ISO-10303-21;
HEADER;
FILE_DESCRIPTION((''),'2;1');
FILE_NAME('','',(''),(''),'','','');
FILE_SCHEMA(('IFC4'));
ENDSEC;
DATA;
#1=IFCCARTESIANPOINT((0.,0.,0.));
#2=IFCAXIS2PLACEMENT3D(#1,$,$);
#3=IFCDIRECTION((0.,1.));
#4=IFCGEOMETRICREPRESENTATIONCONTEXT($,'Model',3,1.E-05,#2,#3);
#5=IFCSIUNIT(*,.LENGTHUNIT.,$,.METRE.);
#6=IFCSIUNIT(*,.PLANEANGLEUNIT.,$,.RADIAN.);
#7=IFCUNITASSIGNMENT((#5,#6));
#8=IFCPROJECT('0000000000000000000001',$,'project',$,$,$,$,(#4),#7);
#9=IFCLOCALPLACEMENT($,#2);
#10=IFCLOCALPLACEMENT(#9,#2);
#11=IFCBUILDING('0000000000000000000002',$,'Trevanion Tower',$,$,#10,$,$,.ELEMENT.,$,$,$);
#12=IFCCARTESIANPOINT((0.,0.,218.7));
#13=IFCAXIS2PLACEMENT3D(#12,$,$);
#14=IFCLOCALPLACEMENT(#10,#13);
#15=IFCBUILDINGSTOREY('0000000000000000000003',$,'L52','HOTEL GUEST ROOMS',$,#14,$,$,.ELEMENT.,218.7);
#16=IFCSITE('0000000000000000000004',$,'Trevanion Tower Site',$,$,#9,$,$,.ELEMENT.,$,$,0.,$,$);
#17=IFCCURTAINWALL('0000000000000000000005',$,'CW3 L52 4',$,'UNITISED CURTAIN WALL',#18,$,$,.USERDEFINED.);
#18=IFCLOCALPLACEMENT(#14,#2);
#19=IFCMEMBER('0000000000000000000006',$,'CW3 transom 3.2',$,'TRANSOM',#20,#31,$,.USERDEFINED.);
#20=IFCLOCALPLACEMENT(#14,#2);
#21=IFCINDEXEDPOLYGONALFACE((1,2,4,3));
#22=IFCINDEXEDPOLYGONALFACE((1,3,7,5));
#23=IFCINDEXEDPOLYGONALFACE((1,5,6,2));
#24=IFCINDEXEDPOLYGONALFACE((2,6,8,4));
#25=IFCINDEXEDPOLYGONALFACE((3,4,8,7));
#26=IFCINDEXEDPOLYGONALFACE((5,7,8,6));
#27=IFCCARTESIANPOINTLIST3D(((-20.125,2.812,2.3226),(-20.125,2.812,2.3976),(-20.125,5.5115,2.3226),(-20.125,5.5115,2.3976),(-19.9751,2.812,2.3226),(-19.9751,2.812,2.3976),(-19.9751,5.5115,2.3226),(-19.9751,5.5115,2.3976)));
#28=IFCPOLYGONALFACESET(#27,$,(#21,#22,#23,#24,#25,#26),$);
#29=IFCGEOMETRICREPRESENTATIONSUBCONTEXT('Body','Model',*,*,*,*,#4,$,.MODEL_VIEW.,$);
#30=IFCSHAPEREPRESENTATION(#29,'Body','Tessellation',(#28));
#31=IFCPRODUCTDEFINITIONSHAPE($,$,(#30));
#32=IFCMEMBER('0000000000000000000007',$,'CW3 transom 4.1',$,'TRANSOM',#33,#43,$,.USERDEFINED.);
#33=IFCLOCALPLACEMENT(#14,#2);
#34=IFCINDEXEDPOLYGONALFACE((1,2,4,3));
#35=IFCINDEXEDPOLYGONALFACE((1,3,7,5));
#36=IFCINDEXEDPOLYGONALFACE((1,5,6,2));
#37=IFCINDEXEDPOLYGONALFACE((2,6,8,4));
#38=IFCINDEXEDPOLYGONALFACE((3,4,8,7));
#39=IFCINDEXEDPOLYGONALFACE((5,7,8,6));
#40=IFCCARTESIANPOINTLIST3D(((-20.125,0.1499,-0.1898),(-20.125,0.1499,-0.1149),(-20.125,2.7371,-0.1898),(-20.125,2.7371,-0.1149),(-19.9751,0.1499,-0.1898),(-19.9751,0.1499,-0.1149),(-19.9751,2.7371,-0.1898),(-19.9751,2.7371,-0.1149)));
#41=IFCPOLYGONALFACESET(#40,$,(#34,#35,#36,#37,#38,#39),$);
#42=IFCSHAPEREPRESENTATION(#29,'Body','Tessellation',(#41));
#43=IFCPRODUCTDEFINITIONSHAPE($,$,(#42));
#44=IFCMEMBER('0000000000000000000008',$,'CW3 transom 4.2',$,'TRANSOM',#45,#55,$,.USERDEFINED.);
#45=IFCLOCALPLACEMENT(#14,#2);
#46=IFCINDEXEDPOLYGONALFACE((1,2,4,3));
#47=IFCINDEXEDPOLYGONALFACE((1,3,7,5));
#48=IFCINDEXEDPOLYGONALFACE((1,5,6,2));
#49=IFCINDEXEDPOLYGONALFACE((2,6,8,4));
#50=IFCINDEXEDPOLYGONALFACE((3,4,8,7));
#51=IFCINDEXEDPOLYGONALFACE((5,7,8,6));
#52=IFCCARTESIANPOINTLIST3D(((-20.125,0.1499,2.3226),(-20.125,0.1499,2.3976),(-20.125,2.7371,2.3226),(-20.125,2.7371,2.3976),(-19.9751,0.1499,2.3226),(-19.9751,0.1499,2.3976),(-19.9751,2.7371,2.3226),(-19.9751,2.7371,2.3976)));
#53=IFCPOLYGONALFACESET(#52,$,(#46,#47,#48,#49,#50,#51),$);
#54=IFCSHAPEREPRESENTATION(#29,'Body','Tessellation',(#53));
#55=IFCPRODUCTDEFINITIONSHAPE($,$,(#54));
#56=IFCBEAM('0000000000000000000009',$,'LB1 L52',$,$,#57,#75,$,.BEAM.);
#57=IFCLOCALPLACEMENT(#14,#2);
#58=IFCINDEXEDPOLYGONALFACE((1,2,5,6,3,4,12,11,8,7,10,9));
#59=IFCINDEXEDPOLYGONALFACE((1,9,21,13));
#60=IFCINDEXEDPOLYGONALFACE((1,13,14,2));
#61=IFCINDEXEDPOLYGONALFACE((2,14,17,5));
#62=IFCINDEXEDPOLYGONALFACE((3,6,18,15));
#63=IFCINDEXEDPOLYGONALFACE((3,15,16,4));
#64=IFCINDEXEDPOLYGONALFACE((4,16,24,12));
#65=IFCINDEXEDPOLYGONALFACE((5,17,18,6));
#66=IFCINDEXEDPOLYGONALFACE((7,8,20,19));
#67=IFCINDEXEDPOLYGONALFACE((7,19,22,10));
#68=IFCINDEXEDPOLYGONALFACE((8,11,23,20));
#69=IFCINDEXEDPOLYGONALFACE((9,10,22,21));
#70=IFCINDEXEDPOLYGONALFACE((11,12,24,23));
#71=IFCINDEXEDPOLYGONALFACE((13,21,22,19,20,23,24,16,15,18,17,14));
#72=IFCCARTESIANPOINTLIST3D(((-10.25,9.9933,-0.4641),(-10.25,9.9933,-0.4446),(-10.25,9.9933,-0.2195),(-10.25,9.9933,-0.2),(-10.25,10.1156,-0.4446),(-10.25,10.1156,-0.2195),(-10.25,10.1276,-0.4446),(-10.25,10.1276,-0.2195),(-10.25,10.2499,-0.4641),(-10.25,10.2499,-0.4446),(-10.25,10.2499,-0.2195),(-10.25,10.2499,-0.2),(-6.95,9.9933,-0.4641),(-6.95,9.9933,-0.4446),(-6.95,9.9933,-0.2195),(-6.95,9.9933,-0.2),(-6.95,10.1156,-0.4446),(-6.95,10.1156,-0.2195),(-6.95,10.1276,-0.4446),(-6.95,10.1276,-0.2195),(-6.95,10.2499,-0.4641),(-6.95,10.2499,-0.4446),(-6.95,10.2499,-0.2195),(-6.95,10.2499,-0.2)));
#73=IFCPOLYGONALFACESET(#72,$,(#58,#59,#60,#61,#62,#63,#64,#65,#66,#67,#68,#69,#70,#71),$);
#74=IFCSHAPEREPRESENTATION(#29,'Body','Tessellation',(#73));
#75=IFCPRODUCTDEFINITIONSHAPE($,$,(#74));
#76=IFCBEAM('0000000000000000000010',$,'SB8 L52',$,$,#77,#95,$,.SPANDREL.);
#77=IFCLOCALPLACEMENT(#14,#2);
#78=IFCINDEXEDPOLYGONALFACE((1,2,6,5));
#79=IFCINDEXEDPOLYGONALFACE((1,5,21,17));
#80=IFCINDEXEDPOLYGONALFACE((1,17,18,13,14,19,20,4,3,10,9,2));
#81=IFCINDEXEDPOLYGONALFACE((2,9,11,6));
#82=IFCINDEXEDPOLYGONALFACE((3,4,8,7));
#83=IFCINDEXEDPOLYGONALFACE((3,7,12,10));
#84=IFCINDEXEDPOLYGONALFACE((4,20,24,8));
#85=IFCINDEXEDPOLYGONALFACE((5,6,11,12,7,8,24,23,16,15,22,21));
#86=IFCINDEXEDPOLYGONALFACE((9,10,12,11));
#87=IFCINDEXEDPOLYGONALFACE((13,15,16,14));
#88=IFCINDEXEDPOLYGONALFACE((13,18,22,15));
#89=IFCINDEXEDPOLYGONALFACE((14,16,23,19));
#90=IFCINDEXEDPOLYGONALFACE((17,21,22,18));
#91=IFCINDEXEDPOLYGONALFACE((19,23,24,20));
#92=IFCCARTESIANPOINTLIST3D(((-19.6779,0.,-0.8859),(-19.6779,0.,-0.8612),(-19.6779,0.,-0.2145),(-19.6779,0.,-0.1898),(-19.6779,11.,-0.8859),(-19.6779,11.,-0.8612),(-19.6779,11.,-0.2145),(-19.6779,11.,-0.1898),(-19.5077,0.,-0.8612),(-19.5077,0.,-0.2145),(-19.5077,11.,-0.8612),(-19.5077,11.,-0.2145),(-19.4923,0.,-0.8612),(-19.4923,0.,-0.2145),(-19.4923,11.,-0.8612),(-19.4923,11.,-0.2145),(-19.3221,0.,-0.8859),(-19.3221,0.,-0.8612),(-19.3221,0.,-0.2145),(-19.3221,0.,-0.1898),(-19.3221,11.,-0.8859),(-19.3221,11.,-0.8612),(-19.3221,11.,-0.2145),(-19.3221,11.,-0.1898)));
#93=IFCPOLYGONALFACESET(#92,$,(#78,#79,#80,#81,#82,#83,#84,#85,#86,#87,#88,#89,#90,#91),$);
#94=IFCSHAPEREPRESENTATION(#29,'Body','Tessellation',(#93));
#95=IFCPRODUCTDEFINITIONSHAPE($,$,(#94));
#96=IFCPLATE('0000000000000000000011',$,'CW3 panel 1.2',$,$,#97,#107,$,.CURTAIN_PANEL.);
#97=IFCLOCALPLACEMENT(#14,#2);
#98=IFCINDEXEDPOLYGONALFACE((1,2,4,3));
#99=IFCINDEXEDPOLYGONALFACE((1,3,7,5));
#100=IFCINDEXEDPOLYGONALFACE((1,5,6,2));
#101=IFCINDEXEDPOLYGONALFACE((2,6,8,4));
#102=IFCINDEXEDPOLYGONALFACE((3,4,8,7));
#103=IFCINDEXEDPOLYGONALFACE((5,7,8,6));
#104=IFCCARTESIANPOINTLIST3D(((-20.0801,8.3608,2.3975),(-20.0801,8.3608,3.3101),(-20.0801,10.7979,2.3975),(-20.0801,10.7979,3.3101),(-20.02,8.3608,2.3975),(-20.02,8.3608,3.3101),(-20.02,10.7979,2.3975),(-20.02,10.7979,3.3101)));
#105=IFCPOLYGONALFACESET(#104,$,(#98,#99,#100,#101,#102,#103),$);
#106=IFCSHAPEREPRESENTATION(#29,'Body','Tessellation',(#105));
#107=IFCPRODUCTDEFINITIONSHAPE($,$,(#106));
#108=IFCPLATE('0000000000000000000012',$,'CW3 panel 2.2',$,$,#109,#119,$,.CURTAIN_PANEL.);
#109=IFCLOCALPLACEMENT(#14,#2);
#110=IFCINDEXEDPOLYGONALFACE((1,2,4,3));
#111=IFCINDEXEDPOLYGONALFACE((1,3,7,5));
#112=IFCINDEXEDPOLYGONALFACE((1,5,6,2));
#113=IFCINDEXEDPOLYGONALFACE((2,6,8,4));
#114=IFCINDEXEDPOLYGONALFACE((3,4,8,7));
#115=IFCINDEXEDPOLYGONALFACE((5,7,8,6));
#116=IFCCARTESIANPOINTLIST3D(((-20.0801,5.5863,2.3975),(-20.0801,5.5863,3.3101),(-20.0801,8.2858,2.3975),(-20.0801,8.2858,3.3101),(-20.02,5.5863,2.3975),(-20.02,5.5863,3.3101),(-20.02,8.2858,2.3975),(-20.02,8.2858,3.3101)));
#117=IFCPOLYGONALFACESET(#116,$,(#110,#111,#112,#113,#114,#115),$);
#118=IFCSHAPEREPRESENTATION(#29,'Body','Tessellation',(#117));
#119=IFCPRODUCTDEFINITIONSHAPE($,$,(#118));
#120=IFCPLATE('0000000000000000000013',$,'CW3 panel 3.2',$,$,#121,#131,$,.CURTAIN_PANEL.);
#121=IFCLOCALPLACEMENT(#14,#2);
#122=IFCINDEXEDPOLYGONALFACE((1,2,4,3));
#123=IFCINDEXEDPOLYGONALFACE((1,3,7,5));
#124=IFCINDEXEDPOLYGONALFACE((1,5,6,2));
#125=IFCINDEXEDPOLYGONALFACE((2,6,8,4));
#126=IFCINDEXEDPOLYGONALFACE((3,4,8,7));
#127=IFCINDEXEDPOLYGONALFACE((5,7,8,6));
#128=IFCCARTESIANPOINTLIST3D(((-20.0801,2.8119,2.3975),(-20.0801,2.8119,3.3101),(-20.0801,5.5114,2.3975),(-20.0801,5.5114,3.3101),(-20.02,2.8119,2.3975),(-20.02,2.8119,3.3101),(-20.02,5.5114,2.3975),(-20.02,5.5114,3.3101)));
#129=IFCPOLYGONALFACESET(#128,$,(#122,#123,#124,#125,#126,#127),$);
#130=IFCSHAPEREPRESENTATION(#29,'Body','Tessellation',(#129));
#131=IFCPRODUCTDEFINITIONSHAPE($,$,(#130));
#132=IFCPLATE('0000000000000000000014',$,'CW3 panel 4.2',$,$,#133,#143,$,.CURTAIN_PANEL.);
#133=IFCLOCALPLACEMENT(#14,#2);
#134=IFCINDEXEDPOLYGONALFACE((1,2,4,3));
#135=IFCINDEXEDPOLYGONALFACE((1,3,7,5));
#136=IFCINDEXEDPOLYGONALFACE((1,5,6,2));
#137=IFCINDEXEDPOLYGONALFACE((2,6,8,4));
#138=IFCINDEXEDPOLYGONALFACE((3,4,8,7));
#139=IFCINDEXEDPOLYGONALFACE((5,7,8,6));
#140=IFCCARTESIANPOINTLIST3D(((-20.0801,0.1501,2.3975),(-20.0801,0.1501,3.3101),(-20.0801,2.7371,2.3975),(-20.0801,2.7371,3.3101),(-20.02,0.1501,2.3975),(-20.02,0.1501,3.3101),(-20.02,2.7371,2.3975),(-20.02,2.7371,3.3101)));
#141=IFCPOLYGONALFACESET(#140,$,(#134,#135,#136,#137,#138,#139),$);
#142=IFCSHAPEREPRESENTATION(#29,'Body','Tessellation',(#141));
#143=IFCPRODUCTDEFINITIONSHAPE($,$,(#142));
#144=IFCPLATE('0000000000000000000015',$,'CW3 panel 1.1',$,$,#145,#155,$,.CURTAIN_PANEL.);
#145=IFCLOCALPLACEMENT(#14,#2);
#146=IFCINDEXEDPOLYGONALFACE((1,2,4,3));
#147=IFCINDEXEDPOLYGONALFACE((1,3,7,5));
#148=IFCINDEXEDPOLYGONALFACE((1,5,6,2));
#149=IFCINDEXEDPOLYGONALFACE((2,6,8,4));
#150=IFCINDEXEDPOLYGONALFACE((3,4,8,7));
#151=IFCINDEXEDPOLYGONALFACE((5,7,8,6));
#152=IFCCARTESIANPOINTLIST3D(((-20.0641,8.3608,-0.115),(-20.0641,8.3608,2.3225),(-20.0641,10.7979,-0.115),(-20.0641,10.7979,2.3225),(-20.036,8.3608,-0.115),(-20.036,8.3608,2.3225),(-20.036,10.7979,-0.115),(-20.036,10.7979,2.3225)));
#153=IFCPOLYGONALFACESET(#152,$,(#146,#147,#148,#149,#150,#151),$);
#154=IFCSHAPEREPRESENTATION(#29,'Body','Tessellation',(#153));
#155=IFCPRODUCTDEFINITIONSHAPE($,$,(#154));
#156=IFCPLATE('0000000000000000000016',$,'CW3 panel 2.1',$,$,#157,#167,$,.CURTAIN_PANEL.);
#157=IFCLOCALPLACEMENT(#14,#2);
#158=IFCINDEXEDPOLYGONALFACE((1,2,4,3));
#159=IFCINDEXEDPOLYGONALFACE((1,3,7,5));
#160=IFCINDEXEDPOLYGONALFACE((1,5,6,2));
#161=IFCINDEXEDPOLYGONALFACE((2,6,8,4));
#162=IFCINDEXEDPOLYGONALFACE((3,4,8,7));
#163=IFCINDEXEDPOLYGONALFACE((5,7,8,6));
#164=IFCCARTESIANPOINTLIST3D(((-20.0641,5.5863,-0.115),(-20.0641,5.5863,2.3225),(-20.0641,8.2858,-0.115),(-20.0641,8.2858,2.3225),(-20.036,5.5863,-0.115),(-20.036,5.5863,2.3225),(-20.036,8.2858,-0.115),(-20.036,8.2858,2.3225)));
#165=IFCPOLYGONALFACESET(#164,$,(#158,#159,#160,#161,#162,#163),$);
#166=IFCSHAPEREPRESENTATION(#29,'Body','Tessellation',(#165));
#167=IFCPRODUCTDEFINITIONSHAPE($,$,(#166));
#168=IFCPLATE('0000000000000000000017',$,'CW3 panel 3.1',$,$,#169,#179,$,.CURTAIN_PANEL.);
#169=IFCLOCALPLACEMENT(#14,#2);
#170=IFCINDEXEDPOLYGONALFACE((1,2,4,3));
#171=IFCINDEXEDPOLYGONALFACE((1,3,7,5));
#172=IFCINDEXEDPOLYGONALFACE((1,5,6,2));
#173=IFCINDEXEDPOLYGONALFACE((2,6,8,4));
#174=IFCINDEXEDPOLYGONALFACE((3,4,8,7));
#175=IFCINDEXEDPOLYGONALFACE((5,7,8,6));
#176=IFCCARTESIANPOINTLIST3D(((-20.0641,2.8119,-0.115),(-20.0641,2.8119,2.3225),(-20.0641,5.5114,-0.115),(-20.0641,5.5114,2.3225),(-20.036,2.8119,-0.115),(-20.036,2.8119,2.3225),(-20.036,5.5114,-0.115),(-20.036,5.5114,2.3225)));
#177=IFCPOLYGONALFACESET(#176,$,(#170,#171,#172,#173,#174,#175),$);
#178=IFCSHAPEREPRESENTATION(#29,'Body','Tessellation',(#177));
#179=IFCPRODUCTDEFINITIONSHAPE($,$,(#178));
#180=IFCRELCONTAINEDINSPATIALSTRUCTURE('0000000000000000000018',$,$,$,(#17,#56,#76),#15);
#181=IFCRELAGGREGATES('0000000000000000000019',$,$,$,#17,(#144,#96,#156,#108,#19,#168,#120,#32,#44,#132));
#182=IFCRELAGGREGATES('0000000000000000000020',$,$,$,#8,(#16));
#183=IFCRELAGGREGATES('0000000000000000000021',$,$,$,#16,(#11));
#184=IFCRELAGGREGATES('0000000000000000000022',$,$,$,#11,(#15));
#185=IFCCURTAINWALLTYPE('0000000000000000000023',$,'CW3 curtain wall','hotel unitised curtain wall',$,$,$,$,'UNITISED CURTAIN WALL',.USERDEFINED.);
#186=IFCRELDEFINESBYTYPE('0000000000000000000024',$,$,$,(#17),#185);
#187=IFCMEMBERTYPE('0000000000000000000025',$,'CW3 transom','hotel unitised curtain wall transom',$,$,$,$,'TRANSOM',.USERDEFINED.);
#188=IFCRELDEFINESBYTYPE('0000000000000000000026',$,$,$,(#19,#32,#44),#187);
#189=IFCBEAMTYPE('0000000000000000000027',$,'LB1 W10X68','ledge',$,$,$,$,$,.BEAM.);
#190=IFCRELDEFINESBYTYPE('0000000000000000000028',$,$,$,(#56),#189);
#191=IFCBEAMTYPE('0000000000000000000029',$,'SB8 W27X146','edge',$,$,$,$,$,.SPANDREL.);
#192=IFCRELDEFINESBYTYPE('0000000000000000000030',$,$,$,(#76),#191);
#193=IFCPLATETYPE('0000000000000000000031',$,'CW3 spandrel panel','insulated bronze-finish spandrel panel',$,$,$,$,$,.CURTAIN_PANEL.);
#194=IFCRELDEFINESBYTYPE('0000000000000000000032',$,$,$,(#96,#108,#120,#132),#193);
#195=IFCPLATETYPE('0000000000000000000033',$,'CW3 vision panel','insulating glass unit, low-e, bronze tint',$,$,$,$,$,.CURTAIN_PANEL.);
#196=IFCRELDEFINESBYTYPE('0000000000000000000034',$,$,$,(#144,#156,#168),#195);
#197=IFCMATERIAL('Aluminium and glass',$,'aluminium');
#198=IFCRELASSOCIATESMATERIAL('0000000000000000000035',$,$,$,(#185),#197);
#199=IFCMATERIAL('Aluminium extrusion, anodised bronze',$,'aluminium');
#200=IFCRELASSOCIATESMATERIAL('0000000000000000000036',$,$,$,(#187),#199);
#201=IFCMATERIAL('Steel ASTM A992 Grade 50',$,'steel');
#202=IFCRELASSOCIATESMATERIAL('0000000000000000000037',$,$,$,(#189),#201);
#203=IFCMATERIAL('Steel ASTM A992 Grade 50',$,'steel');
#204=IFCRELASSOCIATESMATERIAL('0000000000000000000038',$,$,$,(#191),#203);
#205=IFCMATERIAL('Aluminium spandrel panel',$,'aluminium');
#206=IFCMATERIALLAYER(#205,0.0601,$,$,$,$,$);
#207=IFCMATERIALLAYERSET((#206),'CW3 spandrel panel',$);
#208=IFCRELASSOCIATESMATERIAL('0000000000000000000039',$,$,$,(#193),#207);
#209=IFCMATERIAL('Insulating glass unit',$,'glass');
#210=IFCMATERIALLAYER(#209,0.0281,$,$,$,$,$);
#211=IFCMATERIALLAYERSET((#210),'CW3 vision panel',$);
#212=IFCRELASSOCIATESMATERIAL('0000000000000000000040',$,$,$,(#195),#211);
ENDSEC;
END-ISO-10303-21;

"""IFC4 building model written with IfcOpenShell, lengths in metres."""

from ifc_helpers import new_model, si_unit, direction, frame, origin, origin_2d, place, context, subcontext, project, spatial, rectangle, i_section, extrude, material, layer, layer_set, material_profile, profile_set, type_object, element, aggregate, save


model = new_model("IFC4")

# Units and contexts
model_context = context("Model", 3, precision=1e-05, world=origin(), true_north=direction((0.0, 1.0)))
body_context = subcontext(model_context, "Body", "Model", "MODEL_VIEW")
ifc_project = project(units=[si_unit("LENGTHUNIT", "METRE"), si_unit("PLANEANGLEUNIT", "RADIAN")], contexts=[model_context])

# Site, building, storey
site_placement = place(None, origin())
site = spatial("IfcSite", under=ifc_project, at=site_placement, Name="Trevanion Tower Site", CompositionType="ELEMENT", RefElevation=0.0)
building_placement = place(site_placement, origin())
building = spatial("IfcBuilding", under=site, at=building_placement, Name="Trevanion Tower", CompositionType="ELEMENT")
storey_placement = place(building_placement, frame((0.0, 0.0, 218.7)))
storey = spatial("IfcBuildingStorey", under=building, at=storey_placement, Name="L52", Description="HOTEL GUEST ROOMS", CompositionType="ELEMENT", Elevation=218.7)

# Curtain wall, members
ifc_material_1 = material(Name="Aluminium and glass", Category="aluminium")
curtain_wall_type = type_object("IfcCurtainWallType", Name="CW3 curtain wall", Description="hotel unitised curtain wall", ElementType="UNITISED CURTAIN WALL", PredefinedType="USERDEFINED", material=ifc_material_1)
curtain_wall_placement = place(storey_placement, origin())
curtain_wall = element("IfcCurtainWall", 1, at=curtain_wall_placement, inside=storey, type_object=curtain_wall_type, Name="CW3 L52 4", ObjectType="UNITISED CURTAIN WALL", PredefinedType="USERDEFINED")
ifc_material_2 = material(Name="Aluminium extrusion, anodised bronze", Category="aluminium")
ifc_material_profile_1 = material_profile(ifc_material_2, rectangle(XDim=0.1499, YDim=0.075, at=origin_2d()), Name="CW3 transom")
ifc_profile_set_1 = profile_set([ifc_material_profile_1], Name="Aluminium extrusion, anodised bronze")
member_type_1 = type_object("IfcMemberType", Name="CW3 transom", Description="hotel unitised curtain wall transom", ElementType="TRANSOM", PredefinedType="USERDEFINED", material=ifc_profile_set_1)
member_1_placement = place(storey_placement, frame((-20.05, 5.5115, 2.3601), z_axis=(0.0, -1.0, 0.0), x_axis=(1.0, 0.0, 0.0)))
member_1 = element("IfcMember", 2, at=member_1_placement, type_object=member_type_1, Name="CW3 transom 3.2", ObjectType="TRANSOM", PredefinedType="USERDEFINED", context=body_context, shape_type="SweptSolid", body=[
    extrude(rectangle(XDim=0.1499, YDim=0.075, at=origin_2d()), origin(), (0.0, 0.0, 1.0), 2.6995),
])
member_2_placement = place(storey_placement, frame((-20.05, 2.7371, -0.1523), z_axis=(0.0, -1.0, 0.0), x_axis=(1.0, 0.0, 0.0)))
member_2 = element("IfcMember", 3, at=member_2_placement, type_object=member_type_1, Name="CW3 transom 4.1", ObjectType="TRANSOM", PredefinedType="USERDEFINED", context=body_context, shape_type="SweptSolid", body=[
    extrude(rectangle(XDim=0.1499, YDim=0.075, at=origin_2d()), origin(), (0.0, 0.0, 1.0), 2.5872),
])
member_3_placement = place(storey_placement, frame((-20.05, 2.7371, 2.3601), z_axis=(0.0, -1.0, 0.0), x_axis=(1.0, 0.0, 0.0)))
member_3 = element("IfcMember", 4, at=member_3_placement, type_object=member_type_1, Name="CW3 transom 4.2", ObjectType="TRANSOM", PredefinedType="USERDEFINED", context=body_context, shape_type="SweptSolid", body=[
    extrude(rectangle(XDim=0.1499, YDim=0.075, at=origin_2d()), origin(), (0.0, 0.0, 1.0), 2.5872),
])

# Beams
ifc_material_3 = material(Name="Steel ASTM A992 Grade 50", Category="steel")
ifc_material_profile_2 = material_profile(ifc_material_3, i_section(OverallWidth=0.2566, OverallDepth=0.2642, WebThickness=0.012, FlangeThickness=0.0195, at=origin_2d()), Name="W10X68")
ifc_profile_set_2 = profile_set([ifc_material_profile_2], Name="Steel ASTM A992 Grade 50")
beam_type_1 = type_object("IfcBeamType", Name="LB1 W10X68", Description="ledge", PredefinedType="BEAM", material=ifc_profile_set_2)
beam_1_placement = place(storey_placement, frame((-10.25, 10.1216, -0.332), z_axis=(1.0, 0.0, 0.0), x_axis=(0.0, 1.0, 0.0)))
element("IfcBeam", 5, at=beam_1_placement, inside=storey, type_object=beam_type_1, Name="LB1 L52", PredefinedType="BEAM", context=body_context, shape_type="SweptSolid", body=[
    extrude(i_section(OverallWidth=0.2566, OverallDepth=0.2642, WebThickness=0.012, FlangeThickness=0.0195, at=origin_2d()), origin(), (0.0, 0.0, 1.0), 3.3),
])
ifc_material_4 = material(Name="Steel ASTM A992 Grade 50", Category="steel")
ifc_material_profile_3 = material_profile(ifc_material_4, i_section(OverallWidth=0.3557, OverallDepth=0.696, WebThickness=0.0154, FlangeThickness=0.0247, at=origin_2d()), Name="W27X146")
ifc_profile_set_3 = profile_set([ifc_material_profile_3], Name="Steel ASTM A992 Grade 50")
beam_type_2 = type_object("IfcBeamType", Name="SB8 W27X146", Description="edge", PredefinedType="SPANDREL", material=ifc_profile_set_3)
beam_2_placement = place(storey_placement, frame((-19.5, 11.0, -0.5378), z_axis=(0.0, -1.0, 0.0), x_axis=(1.0, 0.0, 0.0)))
element("IfcBeam", 6, at=beam_2_placement, inside=storey, type_object=beam_type_2, Name="SB8 L52", PredefinedType="SPANDREL", context=body_context, shape_type="SweptSolid", body=[
    extrude(i_section(OverallWidth=0.3557, OverallDepth=0.696, WebThickness=0.0154, FlangeThickness=0.0247, at=origin_2d()), origin(), (0.0, 0.0, 1.0), 11.0),
])

# Plates
ifc_material_5 = material(Name="Aluminium spandrel panel", Category="aluminium")
ifc_layer_1 = layer(ifc_material_5, 0.0601)
ifc_layer_set_1 = layer_set([ifc_layer_1], Name="CW3 spandrel panel")
plate_type_1 = type_object("IfcPlateType", Name="CW3 spandrel panel", Description="insulated bronze-finish spandrel panel", PredefinedType="CURTAIN_PANEL", material=ifc_layer_set_1)
plate_1_placement = place(storey_placement, frame((-20.05, 9.5793, 2.3975), z_axis=(0.0, 0.0, 1.0), x_axis=(0.0, -1.0, 0.0)))
plate_1 = element("IfcPlate", 7, at=plate_1_placement, type_object=plate_type_1, Name="CW3 panel 1.2", PredefinedType="CURTAIN_PANEL", context=body_context, shape_type="SweptSolid", body=[
    extrude(rectangle(XDim=2.437, YDim=0.0601, at=origin_2d()), origin(), (0.0, 0.0, 1.0), 0.9126),
])
plate_2_placement = place(storey_placement, frame((-20.05, 6.936, 2.3975), z_axis=(0.0, 0.0, 1.0), x_axis=(0.0, -1.0, 0.0)))
plate_2 = element("IfcPlate", 8, at=plate_2_placement, type_object=plate_type_1, Name="CW3 panel 2.2", PredefinedType="CURTAIN_PANEL", context=body_context, shape_type="SweptSolid", body=[
    extrude(rectangle(XDim=2.6995, YDim=0.0601, at=origin_2d()), origin(), (0.0, 0.0, 1.0), 0.9126),
])
plate_3_placement = place(storey_placement, frame((-20.05, 4.1616, 2.3975), z_axis=(0.0, 0.0, 1.0), x_axis=(0.0, -1.0, 0.0)))
plate_3 = element("IfcPlate", 9, at=plate_3_placement, type_object=plate_type_1, Name="CW3 panel 3.2", PredefinedType="CURTAIN_PANEL", context=body_context, shape_type="SweptSolid", body=[
    extrude(rectangle(XDim=2.6995, YDim=0.0601, at=origin_2d()), origin(), (0.0, 0.0, 1.0), 0.9126),
])
plate_4_placement = place(storey_placement, frame((-20.05, 1.4436, 2.3975), z_axis=(0.0, 0.0, 1.0), x_axis=(0.0, -1.0, 0.0)))
plate_4 = element("IfcPlate", 10, at=plate_4_placement, type_object=plate_type_1, Name="CW3 panel 4.2", PredefinedType="CURTAIN_PANEL", context=body_context, shape_type="SweptSolid", body=[
    extrude(rectangle(XDim=2.5869, YDim=0.0601, at=origin_2d()), origin(), (0.0, 0.0, 1.0), 0.9126),
])
ifc_material_6 = material(Name="Insulating glass unit", Category="glass")
ifc_layer_2 = layer(ifc_material_6, 0.0281)
ifc_layer_set_2 = layer_set([ifc_layer_2], Name="CW3 vision panel")
plate_type_2 = type_object("IfcPlateType", Name="CW3 vision panel", Description="insulating glass unit, low-e, bronze tint", PredefinedType="CURTAIN_PANEL", material=ifc_layer_set_2)
plate_5_placement = place(storey_placement, frame((-20.05, 9.5793, -0.115), z_axis=(0.0, 0.0, 1.0), x_axis=(0.0, -1.0, 0.0)))
plate_5 = element("IfcPlate", 11, at=plate_5_placement, type_object=plate_type_2, Name="CW3 panel 1.1", PredefinedType="CURTAIN_PANEL", context=body_context, shape_type="SweptSolid", body=[
    extrude(rectangle(XDim=2.437, YDim=0.0281, at=origin_2d()), origin(), (0.0, 0.0, 1.0), 2.4375),
])
plate_6_placement = place(storey_placement, frame((-20.05, 6.936, -0.115), z_axis=(0.0, 0.0, 1.0), x_axis=(0.0, -1.0, 0.0)))
plate_6 = element("IfcPlate", 12, at=plate_6_placement, type_object=plate_type_2, Name="CW3 panel 2.1", PredefinedType="CURTAIN_PANEL", context=body_context, shape_type="SweptSolid", body=[
    extrude(rectangle(XDim=2.6995, YDim=0.0281, at=origin_2d()), origin(), (0.0, 0.0, 1.0), 2.4375),
])
plate_7_placement = place(storey_placement, frame((-20.05, 4.1616, -0.115), z_axis=(0.0, 0.0, 1.0), x_axis=(0.0, -1.0, 0.0)))
plate_7 = element("IfcPlate", 13, at=plate_7_placement, type_object=plate_type_2, Name="CW3 panel 3.1", PredefinedType="CURTAIN_PANEL", context=body_context, shape_type="SweptSolid", body=[
    extrude(rectangle(XDim=2.6995, YDim=0.0281, at=origin_2d()), origin(), (0.0, 0.0, 1.0), 2.4375),
])
aggregate(curtain_wall, [plate_5, plate_1, plate_6, plate_2, member_1, plate_7, plate_3, member_2, member_3, plate_4])

save(model, "model.ifc")
